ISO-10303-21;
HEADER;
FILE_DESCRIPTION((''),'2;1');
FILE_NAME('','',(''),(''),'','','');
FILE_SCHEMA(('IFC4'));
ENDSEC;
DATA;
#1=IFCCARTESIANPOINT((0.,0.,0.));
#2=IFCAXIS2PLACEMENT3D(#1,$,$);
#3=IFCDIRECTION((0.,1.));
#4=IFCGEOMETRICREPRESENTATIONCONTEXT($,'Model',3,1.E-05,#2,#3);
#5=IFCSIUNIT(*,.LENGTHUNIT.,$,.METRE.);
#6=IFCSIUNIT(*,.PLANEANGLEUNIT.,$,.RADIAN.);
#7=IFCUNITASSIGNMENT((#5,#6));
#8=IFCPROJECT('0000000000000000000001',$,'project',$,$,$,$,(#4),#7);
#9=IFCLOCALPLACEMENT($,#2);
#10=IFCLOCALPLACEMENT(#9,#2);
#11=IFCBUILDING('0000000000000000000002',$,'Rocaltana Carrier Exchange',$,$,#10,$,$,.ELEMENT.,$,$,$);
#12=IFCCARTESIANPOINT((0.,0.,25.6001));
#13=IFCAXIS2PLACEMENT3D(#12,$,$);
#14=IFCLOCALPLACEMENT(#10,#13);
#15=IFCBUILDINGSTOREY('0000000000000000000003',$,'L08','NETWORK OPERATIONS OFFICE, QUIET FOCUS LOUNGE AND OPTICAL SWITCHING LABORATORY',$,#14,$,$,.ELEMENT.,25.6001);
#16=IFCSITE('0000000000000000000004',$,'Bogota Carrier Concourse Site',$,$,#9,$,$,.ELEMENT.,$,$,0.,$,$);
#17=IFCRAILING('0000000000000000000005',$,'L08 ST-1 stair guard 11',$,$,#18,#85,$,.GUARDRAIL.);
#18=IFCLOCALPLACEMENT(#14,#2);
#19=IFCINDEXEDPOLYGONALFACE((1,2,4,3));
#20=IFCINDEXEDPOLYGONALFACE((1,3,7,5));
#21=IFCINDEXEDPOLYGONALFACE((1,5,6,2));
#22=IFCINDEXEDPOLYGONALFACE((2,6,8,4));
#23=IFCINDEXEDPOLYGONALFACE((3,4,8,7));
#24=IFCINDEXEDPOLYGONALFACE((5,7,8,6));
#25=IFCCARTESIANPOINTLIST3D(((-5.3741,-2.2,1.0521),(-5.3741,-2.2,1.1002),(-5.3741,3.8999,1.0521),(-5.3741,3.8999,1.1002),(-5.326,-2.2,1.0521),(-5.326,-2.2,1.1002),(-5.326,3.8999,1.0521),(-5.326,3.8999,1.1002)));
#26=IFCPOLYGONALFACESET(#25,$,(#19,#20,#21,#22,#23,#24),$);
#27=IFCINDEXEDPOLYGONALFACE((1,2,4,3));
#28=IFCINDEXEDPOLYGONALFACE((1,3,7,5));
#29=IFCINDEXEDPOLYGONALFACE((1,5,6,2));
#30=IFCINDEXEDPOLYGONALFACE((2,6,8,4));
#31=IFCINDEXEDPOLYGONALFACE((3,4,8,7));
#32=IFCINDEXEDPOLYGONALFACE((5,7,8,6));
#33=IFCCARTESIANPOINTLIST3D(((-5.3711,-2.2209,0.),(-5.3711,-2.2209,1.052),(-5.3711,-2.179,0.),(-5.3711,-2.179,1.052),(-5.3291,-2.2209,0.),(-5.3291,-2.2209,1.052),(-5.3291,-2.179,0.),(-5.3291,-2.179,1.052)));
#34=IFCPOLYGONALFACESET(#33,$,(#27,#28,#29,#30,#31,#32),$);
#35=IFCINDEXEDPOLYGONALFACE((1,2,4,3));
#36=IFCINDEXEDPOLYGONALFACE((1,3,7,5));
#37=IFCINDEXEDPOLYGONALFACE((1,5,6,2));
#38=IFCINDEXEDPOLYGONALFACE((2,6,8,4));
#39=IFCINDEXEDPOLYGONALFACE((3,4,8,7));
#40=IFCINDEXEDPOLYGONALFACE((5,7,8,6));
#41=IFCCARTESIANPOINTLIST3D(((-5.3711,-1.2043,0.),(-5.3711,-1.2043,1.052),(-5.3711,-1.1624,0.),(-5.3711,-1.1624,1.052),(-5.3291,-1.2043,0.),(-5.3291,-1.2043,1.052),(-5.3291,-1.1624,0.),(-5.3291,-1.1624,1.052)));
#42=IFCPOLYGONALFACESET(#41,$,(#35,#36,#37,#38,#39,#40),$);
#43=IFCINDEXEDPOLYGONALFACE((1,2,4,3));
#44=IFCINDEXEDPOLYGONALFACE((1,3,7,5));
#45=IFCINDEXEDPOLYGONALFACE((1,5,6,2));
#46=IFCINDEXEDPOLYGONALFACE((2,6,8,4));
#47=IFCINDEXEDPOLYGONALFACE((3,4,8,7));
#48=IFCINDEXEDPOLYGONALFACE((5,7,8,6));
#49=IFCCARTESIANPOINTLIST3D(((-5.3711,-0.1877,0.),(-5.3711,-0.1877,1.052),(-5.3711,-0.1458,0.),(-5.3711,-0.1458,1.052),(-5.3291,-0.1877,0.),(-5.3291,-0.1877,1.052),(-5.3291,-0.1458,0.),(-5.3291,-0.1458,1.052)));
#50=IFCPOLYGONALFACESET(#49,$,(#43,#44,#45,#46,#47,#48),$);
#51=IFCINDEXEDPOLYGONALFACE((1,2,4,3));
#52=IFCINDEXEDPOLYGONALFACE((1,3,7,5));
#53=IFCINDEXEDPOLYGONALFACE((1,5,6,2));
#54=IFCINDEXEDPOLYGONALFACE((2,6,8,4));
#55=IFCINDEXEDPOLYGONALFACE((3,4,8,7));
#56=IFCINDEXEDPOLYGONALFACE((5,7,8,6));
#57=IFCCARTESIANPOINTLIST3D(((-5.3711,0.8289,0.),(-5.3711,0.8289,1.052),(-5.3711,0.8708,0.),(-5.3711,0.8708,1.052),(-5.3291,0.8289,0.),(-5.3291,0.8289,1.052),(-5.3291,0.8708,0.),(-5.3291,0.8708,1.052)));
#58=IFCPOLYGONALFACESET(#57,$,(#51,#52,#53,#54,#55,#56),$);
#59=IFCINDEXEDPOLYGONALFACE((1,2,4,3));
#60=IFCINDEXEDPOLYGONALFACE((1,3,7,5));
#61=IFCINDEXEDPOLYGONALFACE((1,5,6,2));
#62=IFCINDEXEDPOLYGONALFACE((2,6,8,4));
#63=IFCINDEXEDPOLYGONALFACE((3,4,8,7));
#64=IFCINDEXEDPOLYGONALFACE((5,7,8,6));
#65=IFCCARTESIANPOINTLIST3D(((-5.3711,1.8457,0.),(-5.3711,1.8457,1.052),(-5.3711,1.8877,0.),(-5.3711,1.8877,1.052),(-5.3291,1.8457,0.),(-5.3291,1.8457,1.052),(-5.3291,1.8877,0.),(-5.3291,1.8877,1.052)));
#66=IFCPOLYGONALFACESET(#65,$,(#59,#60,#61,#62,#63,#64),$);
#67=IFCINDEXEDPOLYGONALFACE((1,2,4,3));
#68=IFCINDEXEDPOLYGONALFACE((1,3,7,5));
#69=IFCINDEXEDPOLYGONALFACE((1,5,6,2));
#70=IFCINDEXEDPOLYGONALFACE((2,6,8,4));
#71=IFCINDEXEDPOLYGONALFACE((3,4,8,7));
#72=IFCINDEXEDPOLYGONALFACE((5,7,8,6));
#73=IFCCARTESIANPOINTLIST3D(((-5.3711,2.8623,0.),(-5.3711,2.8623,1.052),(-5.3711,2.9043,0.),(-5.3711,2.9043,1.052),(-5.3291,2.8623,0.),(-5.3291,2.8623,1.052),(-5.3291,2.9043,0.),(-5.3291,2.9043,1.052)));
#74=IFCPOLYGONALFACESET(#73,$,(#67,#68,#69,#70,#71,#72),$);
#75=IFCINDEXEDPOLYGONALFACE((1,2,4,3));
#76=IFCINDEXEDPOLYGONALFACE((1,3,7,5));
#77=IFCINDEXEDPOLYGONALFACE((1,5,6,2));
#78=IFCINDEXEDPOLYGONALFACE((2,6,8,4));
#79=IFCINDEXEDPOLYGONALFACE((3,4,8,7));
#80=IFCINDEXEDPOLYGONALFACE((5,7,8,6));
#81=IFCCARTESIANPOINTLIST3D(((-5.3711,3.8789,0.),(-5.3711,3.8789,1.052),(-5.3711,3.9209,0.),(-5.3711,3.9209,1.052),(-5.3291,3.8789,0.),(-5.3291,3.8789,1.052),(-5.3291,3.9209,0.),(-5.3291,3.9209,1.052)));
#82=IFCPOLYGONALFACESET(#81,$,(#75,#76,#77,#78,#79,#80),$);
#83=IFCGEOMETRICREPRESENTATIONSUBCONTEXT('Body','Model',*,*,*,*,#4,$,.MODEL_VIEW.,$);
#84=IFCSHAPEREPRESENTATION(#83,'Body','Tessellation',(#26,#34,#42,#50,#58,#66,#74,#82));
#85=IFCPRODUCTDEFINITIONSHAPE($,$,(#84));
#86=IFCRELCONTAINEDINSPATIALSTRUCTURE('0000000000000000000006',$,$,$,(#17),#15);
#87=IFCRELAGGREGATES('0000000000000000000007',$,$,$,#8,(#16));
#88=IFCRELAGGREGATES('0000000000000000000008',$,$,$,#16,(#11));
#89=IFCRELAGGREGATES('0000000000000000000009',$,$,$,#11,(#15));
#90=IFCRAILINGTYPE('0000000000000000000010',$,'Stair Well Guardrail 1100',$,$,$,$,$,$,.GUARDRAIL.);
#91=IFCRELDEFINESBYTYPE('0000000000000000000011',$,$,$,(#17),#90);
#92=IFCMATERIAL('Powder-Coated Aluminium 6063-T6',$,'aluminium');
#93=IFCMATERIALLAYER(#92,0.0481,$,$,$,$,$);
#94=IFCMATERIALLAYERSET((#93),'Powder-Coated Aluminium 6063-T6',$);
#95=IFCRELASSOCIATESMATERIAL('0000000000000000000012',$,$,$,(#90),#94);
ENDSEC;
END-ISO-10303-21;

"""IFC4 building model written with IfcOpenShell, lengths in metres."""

from ifc_helpers import new_model, si_unit, direction, frame, origin, origin_2d, place, context, subcontext, project, spatial, rectangle, extrude, material, layer, layer_set, type_object, element, save


model = new_model("IFC4")

# Units and contexts
model_context = context("Model", 3, precision=1e-05, world=origin(), true_north=direction((0.0, 1.0)))
body_context = subcontext(model_context, "Body", "Model", "MODEL_VIEW")
ifc_project = project(units=[si_unit("LENGTHUNIT", "METRE"), si_unit("PLANEANGLEUNIT", "RADIAN")], contexts=[model_context])

# Site, building, storey
site_placement = place(None, origin())
site = spatial("IfcSite", under=ifc_project, at=site_placement, Name="Bogota Carrier Concourse Site", CompositionType="ELEMENT", RefElevation=0.0)
building_placement = place(site_placement, origin())
building = spatial("IfcBuilding", under=site, at=building_placement, Name="Rocaltana Carrier Exchange", CompositionType="ELEMENT")
storey_placement = place(building_placement, frame((0.0, 0.0, 25.6001)))
storey = spatial("IfcBuildingStorey", under=building, at=storey_placement, Name="L08", Description="NETWORK OPERATIONS OFFICE, QUIET FOCUS LOUNGE AND OPTICAL SWITCHING LABORATORY", CompositionType="ELEMENT", Elevation=25.6001)

# Railing
ifc_material_1 = material(Name="Powder-Coated Aluminium 6063-T6", Category="aluminium")
ifc_layer_1 = layer(ifc_material_1, 0.0481)
ifc_layer_set_1 = layer_set([ifc_layer_1], Name="Powder-Coated Aluminium 6063-T6")
railing_type_1 = type_object("IfcRailingType", Name="Stair Well Guardrail 1100", PredefinedType="GUARDRAIL", material=ifc_layer_set_1)
for number, where, name in (
    (1, (-5.3501, -2.2, 0.0), "L08 ST-1 stair guard 11"),
):
    element("IfcRailing", number, at=place(storey_placement, frame(where)), inside=storey, type_object=railing_type_1, Name=name, PredefinedType="GUARDRAIL", context=body_context, shape_type="SweptSolid", body=[
        extrude(rectangle(XDim=0.0481, YDim=0.0481, at=origin_2d()), frame((0.0, 0.0, 1.0762), z_axis=(0.0, 1.0, 0.0), x_axis=(-1.0, 0.0, 0.0)), (0.0, 0.0, 1.0), 6.0999),
        extrude(rectangle(XDim=0.042, YDim=0.042, at=origin_2d()), origin(), (0.0, 0.0, 1.0), 1.052),
        extrude(rectangle(XDim=0.042, YDim=0.042, at=origin_2d()), frame((0.0, 1.0166, 0.0)), (0.0, 0.0, 1.0), 1.052),
        extrude(rectangle(XDim=0.042, YDim=0.042, at=origin_2d()), frame((0.0, 2.0332, 0.0)), (0.0, 0.0, 1.0), 1.052),
        extrude(rectangle(XDim=0.042, YDim=0.042, at=origin_2d()), frame((0.0, 3.0498, 0.0)), (0.0, 0.0, 1.0), 1.052),
        extrude(rectangle(XDim=0.042, YDim=0.042, at=origin_2d()), frame((0.0, 4.0667, 0.0)), (0.0, 0.0, 1.0), 1.052),
        extrude(rectangle(XDim=0.042, YDim=0.042, at=origin_2d()), frame((0.0, 5.0833, 0.0)), (0.0, 0.0, 1.0), 1.052),
        extrude(rectangle(XDim=0.042, YDim=0.042, at=origin_2d()), frame((0.0, 6.0999, 0.0)), (0.0, 0.0, 1.0), 1.052),
    ])

save(model, "model.ifc")
